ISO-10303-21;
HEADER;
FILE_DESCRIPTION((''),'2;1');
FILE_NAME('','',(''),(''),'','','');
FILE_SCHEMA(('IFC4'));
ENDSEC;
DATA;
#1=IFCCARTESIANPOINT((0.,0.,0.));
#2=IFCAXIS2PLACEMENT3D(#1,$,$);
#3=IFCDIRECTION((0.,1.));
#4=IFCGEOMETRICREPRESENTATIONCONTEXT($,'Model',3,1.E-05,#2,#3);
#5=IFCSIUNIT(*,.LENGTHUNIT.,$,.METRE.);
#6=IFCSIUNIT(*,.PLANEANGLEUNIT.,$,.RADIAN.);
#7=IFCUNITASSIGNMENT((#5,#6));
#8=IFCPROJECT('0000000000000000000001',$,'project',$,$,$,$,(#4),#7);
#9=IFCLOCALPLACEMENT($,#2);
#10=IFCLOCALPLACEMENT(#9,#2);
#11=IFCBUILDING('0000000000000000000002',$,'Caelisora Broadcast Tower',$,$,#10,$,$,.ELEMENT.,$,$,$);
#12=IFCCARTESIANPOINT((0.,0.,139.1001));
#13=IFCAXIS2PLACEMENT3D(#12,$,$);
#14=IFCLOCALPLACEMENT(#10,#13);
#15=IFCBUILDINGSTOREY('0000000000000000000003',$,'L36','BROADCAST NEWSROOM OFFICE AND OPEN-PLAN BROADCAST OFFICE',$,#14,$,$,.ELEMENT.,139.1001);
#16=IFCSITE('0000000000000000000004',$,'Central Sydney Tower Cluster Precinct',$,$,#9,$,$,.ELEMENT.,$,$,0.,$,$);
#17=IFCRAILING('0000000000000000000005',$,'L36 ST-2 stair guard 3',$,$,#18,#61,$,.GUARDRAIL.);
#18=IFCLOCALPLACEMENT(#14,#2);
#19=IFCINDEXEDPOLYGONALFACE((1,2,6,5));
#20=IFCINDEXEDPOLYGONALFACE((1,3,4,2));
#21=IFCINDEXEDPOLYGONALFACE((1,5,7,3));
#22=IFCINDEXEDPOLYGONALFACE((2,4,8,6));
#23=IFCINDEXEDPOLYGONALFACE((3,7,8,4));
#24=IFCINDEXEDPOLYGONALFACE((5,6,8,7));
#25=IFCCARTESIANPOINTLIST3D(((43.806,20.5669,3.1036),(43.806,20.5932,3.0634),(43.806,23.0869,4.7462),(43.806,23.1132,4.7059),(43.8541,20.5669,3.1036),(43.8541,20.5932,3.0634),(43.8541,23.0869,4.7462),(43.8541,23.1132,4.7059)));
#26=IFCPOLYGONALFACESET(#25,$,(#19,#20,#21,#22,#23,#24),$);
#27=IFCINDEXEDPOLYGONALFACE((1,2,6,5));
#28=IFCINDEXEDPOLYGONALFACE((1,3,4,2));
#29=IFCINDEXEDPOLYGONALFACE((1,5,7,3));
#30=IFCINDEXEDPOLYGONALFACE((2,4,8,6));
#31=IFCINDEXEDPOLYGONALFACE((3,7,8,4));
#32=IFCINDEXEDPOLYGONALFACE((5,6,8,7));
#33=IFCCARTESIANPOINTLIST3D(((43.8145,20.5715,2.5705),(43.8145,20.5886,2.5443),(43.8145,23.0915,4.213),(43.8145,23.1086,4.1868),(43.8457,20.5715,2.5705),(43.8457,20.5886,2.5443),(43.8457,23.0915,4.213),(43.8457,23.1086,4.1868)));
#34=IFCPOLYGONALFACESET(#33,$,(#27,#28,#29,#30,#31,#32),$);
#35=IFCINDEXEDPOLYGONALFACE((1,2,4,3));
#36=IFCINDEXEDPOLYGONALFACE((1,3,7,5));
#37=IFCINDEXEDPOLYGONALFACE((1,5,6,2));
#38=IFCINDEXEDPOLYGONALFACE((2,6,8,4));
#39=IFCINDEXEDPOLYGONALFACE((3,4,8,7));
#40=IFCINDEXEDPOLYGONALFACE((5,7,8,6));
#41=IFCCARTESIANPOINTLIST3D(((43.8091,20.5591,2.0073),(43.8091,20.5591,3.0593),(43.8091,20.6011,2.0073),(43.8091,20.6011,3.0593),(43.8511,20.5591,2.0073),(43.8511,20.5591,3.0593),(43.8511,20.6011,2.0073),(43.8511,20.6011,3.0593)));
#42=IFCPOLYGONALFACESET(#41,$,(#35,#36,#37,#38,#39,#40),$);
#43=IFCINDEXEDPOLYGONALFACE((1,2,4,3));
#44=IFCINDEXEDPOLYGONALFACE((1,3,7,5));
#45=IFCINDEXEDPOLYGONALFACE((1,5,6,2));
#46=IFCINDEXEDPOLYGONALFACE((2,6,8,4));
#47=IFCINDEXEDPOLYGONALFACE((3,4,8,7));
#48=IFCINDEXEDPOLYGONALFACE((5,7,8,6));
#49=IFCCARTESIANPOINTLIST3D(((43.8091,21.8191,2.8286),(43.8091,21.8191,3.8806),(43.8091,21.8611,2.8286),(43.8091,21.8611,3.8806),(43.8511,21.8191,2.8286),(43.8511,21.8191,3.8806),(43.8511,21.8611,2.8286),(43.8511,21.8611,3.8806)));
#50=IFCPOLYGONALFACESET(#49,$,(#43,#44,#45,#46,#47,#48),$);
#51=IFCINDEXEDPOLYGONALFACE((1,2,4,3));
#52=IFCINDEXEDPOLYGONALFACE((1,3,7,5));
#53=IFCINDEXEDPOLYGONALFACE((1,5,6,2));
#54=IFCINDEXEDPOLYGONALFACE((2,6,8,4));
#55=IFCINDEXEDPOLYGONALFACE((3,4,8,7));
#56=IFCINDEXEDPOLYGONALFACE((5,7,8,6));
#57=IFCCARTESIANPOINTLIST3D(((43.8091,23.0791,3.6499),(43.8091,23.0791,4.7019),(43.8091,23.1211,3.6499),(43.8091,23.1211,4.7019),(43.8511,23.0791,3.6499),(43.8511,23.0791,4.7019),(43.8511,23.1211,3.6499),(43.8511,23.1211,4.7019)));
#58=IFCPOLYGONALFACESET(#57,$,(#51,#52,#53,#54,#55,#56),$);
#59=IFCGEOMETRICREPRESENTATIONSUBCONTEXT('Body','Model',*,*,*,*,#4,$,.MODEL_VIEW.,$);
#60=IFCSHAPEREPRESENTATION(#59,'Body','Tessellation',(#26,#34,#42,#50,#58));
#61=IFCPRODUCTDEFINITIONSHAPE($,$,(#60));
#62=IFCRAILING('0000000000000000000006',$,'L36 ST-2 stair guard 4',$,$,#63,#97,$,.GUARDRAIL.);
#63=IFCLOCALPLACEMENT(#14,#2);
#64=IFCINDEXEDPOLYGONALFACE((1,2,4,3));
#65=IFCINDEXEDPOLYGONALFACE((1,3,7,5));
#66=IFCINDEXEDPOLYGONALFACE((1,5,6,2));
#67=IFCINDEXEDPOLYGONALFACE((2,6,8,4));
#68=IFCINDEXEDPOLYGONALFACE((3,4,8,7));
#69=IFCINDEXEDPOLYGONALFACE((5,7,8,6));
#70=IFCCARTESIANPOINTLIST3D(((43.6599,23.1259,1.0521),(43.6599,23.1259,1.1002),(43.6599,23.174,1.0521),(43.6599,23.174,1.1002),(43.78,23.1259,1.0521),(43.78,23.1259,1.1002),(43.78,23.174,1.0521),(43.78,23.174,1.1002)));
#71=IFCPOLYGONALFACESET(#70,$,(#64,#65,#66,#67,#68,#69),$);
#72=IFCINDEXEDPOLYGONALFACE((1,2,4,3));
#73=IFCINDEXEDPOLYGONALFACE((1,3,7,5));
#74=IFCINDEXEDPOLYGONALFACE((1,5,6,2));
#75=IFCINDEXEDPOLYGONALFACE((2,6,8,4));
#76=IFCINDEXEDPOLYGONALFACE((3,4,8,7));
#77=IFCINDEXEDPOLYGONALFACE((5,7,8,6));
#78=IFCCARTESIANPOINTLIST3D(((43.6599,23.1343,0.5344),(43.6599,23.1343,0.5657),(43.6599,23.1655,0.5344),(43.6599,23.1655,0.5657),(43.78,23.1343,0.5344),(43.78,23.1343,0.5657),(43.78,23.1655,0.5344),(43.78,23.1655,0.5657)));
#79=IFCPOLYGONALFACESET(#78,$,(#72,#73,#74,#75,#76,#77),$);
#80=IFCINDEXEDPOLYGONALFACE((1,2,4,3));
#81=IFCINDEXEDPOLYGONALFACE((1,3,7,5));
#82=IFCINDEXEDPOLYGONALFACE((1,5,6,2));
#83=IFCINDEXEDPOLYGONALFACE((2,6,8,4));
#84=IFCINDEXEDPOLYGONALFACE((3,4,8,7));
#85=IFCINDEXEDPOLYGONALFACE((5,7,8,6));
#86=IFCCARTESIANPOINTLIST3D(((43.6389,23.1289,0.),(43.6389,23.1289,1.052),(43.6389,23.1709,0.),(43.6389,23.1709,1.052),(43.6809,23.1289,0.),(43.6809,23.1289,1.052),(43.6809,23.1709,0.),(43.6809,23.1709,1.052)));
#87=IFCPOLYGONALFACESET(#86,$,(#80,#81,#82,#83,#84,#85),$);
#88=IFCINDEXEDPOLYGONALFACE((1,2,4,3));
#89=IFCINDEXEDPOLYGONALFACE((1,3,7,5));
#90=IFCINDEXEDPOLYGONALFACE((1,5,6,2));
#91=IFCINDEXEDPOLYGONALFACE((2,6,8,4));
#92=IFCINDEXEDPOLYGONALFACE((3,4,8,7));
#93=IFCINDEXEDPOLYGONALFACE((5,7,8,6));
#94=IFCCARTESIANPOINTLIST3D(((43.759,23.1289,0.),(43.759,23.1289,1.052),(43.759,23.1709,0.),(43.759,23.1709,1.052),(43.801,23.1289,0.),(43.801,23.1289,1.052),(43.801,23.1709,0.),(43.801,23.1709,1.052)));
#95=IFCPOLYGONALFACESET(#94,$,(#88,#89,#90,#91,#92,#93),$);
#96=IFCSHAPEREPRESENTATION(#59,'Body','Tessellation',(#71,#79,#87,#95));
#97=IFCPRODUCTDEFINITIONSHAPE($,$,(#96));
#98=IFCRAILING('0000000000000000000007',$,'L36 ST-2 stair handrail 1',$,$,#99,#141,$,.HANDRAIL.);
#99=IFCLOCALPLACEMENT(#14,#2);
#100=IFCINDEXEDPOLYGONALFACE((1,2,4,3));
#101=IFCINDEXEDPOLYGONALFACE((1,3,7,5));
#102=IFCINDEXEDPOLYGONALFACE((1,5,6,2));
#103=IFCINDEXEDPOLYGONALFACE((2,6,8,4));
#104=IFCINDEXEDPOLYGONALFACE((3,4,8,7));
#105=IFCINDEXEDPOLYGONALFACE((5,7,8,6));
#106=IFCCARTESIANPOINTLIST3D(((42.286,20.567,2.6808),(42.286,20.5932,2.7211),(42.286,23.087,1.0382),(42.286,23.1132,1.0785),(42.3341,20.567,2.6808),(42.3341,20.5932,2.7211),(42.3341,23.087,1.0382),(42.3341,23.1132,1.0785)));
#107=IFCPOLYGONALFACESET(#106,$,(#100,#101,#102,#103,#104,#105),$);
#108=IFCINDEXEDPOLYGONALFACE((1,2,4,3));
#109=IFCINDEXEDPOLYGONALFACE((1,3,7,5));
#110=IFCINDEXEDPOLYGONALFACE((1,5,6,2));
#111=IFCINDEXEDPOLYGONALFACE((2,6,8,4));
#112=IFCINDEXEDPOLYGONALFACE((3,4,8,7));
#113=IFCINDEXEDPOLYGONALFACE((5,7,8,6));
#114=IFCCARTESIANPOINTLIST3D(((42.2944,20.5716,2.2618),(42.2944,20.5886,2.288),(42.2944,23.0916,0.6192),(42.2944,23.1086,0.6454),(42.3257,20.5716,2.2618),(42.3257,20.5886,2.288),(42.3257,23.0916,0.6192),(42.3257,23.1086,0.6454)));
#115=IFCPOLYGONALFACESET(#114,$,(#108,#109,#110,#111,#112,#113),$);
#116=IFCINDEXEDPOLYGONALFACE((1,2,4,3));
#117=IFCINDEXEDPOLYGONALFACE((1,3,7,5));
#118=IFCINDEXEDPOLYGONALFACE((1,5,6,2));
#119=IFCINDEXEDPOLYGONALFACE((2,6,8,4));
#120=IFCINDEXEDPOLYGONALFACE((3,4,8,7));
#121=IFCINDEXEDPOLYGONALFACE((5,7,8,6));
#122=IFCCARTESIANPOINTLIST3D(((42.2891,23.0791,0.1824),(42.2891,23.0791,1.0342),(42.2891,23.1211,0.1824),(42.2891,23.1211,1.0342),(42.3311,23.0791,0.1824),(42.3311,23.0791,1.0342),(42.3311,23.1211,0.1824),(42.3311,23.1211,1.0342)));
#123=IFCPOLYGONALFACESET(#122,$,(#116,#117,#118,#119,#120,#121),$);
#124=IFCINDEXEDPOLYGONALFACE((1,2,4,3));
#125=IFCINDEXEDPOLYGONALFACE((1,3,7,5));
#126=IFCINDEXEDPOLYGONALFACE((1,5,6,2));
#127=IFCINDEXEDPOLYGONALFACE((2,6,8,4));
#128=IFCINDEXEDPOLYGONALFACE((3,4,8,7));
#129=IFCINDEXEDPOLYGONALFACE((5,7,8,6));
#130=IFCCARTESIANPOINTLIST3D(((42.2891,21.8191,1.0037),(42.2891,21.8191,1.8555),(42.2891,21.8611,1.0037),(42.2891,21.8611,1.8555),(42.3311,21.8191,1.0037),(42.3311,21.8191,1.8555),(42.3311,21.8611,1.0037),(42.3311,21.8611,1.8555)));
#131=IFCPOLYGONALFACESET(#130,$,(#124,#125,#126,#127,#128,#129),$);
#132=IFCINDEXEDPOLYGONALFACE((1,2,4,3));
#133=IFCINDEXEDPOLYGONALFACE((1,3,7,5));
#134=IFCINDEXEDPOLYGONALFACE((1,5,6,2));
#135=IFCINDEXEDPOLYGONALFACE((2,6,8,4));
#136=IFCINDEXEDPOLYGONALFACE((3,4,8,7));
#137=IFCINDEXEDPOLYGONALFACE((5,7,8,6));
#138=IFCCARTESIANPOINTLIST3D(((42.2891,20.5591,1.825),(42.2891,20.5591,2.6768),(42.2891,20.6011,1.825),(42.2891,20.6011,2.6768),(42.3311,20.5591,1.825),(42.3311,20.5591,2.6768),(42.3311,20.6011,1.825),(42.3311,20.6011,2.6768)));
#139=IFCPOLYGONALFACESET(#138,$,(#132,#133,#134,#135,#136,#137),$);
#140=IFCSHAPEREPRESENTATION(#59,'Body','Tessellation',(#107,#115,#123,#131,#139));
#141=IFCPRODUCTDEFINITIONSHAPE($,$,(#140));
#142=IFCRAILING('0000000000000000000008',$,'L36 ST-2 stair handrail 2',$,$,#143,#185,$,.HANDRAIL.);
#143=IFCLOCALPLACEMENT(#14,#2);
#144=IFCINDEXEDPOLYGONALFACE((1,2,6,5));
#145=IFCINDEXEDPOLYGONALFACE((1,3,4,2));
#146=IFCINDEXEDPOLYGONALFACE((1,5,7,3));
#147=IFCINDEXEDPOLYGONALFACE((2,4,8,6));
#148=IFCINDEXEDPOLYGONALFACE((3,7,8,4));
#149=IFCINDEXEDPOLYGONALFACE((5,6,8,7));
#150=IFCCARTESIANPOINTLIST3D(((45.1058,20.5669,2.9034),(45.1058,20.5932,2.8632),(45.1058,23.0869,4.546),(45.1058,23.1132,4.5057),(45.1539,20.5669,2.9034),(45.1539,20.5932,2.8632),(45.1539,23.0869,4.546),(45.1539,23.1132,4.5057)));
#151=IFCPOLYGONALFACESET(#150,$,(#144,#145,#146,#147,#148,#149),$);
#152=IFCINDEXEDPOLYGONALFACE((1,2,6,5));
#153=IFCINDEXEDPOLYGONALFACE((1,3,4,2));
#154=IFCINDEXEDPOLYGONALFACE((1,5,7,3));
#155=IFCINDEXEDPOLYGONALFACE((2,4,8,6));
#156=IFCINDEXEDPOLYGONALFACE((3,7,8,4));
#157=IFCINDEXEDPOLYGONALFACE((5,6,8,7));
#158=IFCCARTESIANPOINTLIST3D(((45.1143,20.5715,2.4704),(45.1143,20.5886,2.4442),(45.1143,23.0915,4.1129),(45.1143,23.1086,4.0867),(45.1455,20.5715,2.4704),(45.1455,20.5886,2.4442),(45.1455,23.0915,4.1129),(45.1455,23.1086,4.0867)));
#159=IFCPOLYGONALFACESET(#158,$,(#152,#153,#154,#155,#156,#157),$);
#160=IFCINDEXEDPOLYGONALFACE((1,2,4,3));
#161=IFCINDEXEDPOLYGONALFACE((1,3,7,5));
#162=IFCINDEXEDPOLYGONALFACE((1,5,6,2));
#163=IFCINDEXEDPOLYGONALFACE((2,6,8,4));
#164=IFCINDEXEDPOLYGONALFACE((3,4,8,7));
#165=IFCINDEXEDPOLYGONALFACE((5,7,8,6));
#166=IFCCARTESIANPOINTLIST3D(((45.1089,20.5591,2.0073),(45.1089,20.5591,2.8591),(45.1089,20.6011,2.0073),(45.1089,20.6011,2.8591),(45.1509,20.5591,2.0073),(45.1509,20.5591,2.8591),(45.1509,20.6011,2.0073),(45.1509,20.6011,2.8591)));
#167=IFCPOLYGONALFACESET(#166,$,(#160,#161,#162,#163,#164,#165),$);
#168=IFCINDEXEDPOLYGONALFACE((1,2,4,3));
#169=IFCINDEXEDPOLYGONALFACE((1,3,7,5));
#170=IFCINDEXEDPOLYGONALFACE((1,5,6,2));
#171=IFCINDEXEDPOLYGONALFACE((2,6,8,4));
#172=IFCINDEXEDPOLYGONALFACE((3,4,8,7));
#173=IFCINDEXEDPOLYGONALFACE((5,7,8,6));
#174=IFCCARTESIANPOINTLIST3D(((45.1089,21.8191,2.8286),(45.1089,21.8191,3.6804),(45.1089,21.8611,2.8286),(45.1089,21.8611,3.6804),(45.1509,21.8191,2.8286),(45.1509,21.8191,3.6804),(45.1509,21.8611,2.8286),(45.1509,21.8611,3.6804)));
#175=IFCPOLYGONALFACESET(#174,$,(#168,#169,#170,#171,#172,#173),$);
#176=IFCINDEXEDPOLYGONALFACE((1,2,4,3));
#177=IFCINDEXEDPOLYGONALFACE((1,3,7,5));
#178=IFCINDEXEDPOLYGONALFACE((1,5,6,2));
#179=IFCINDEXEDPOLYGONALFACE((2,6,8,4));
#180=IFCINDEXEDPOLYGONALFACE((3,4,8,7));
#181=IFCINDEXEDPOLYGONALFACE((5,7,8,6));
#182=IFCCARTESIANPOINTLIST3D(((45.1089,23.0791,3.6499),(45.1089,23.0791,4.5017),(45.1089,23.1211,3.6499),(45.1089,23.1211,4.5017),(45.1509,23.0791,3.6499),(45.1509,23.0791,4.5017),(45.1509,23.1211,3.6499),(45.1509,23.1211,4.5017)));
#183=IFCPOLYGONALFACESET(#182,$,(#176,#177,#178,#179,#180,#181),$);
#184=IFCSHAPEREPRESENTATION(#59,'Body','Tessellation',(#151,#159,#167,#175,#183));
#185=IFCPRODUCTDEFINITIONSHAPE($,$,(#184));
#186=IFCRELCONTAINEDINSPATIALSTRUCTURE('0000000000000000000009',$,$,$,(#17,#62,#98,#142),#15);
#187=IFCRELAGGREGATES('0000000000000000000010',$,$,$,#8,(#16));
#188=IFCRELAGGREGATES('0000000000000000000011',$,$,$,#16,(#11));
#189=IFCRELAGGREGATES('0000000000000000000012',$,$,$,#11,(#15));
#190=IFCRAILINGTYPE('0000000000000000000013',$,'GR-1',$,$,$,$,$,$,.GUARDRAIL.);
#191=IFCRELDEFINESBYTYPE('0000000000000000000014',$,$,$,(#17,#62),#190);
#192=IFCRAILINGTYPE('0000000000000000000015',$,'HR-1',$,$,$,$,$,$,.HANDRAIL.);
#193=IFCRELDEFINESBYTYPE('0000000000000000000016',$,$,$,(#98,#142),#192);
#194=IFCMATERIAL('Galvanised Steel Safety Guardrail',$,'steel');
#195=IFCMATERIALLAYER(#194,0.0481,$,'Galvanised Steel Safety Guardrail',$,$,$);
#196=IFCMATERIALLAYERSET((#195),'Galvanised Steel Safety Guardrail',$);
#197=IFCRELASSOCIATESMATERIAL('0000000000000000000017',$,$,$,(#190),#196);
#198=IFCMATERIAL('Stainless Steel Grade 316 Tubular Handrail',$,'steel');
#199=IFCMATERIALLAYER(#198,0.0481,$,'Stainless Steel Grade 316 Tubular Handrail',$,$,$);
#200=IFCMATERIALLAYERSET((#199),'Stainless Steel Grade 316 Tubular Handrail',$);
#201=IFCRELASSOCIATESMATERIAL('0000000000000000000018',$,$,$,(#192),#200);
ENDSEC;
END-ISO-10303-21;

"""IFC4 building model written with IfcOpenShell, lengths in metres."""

from ifc_helpers import new_model, si_unit, direction, frame, origin, origin_2d, place, context, subcontext, project, spatial, rectangle, extrude, material, layer, layer_set, type_object, element, save


model = new_model("IFC4")

# Units and contexts
model_context = context("Model", 3, precision=1e-05, world=origin(), true_north=direction((0.0, 1.0)))
body_context = subcontext(model_context, "Body", "Model", "MODEL_VIEW")
ifc_project = project(units=[si_unit("LENGTHUNIT", "METRE"), si_unit("PLANEANGLEUNIT", "RADIAN")], contexts=[model_context])

# Site, building, storey
site_placement = place(None, origin())
site = spatial("IfcSite", under=ifc_project, at=site_placement, Name="Central Sydney Tower Cluster Precinct", CompositionType="ELEMENT", RefElevation=0.0)
building_placement = place(site_placement, origin())
building = spatial("IfcBuilding", under=site, at=building_placement, Name="Caelisora Broadcast Tower", CompositionType="ELEMENT")
storey_placement = place(building_placement, frame((0.0, 0.0, 139.1001)))
storey = spatial("IfcBuildingStorey", under=building, at=storey_placement, Name="L36", Description="BROADCAST NEWSROOM OFFICE AND OPEN-PLAN BROADCAST OFFICE", CompositionType="ELEMENT", Elevation=139.1001)

# Railings
ifc_material_1 = material(Name="Galvanised Steel Safety Guardrail", Category="steel")
ifc_layer_1 = layer(ifc_material_1, 0.0481, Name="Galvanised Steel Safety Guardrail")
ifc_layer_set_1 = layer_set([ifc_layer_1], Name="Galvanised Steel Safety Guardrail")
railing_type_1 = type_object("IfcRailingType", Name="GR-1", PredefinedType="GUARDRAIL", material=ifc_layer_set_1)
railing_1_placement = place(storey_placement, frame((43.8301, 20.5801, 2.0073)))
element("IfcRailing", 1, at=railing_1_placement, inside=storey, type_object=railing_type_1, Name="L36 ST-2 stair guard 3", PredefinedType="GUARDRAIL", context=body_context, shape_type="SweptSolid", body=[
    extrude(rectangle(XDim=0.0481, YDim=0.0481, at=origin_2d()), frame((0.0, 0.0, 1.0762), z_axis=(0.0, 0.837749, 0.546055), x_axis=(-1.0, 0.0, 0.0)), (0.0, 0.0, 1.0), 3.0081),
    extrude(rectangle(XDim=0.0312, YDim=0.0312, at=origin_2d()), frame((0.0, 0.0, 0.55), z_axis=(0.0, 0.837749, 0.546055), x_axis=(-1.0, 0.0, 0.0)), (0.0, 0.0, 1.0), 3.0081),
    extrude(rectangle(XDim=0.042, YDim=0.042, at=origin_2d()), origin(), (0.0, 0.0, 1.0), 1.052),
    extrude(rectangle(XDim=0.042, YDim=0.042, at=origin_2d()), frame((0.0, 1.26, 0.8213)), (0.0, 0.0, 1.0), 1.052),
    extrude(rectangle(XDim=0.042, YDim=0.042, at=origin_2d()), frame((0.0, 2.52, 1.6426)), (0.0, 0.0, 1.0), 1.052),
])
railing_2_placement = place(storey_placement, frame((43.6599, 23.1499, 0.0)))
element("IfcRailing", 2, at=railing_2_placement, inside=storey, type_object=railing_type_1, Name="L36 ST-2 stair guard 4", PredefinedType="GUARDRAIL", context=body_context, shape_type="SweptSolid", body=[
    extrude(rectangle(XDim=0.0481, YDim=0.0481, at=origin_2d()), frame((0.0, 0.0, 1.0762), z_axis=(1.0, 0.0, 0.0), x_axis=(0.0, 1.0, 0.0)), (0.0, 0.0, 1.0), 0.1201),
    extrude(rectangle(XDim=0.0312, YDim=0.0312, at=origin_2d()), frame((0.0, 0.0, 0.55), z_axis=(1.0, 0.0, 0.0), x_axis=(0.0, 1.0, 0.0)), (0.0, 0.0, 1.0), 0.1201),
    extrude(rectangle(XDim=0.042, YDim=0.042, at=origin_2d()), origin(), (0.0, 0.0, 1.0), 1.052),
    extrude(rectangle(XDim=0.042, YDim=0.042, at=origin_2d()), frame((0.1201, 0.0, 0.0)), (0.0, 0.0, 1.0), 1.052),
])
ifc_material_2 = material(Name="Stainless Steel Grade 316 Tubular Handrail", Category="steel")
ifc_layer_2 = layer(ifc_material_2, 0.0481, Name="Stainless Steel Grade 316 Tubular Handrail")
ifc_layer_set_2 = layer_set([ifc_layer_2], Name="Stainless Steel Grade 316 Tubular Handrail")
railing_type_2 = type_object("IfcRailingType", Name="HR-1", PredefinedType="HANDRAIL", material=ifc_layer_set_2)
railing_3_placement = place(storey_placement, frame((42.3101, 23.1001, 0.1824)))
element("IfcRailing", 3, at=railing_3_placement, inside=storey, type_object=railing_type_2, Name="L36 ST-2 stair handrail 1", PredefinedType="HANDRAIL", context=body_context, shape_type="SweptSolid", body=[
    extrude(rectangle(XDim=0.0481, YDim=0.0481, at=origin_2d()), frame((0.0, 0.0, 0.876), z_axis=(0.0, -0.837749, 0.546055), x_axis=(1.0, 0.0, 0.0)), (0.0, 0.0, 1.0), 3.0081),
    extrude(rectangle(XDim=0.0312, YDim=0.0312, at=origin_2d()), frame((0.0, 0.0, 0.45), z_axis=(0.0, -0.837749, 0.546055), x_axis=(1.0, 0.0, 0.0)), (0.0, 0.0, 1.0), 3.0081),
    extrude(rectangle(XDim=0.042, YDim=0.042, at=origin_2d()), origin(), (0.0, 0.0, 1.0), 0.8518),
    extrude(rectangle(XDim=0.042, YDim=0.042, at=origin_2d()), frame((0.0, -1.26, 0.8213)), (0.0, 0.0, 1.0), 0.8518),
    extrude(rectangle(XDim=0.042, YDim=0.042, at=origin_2d()), frame((0.0, -2.52, 1.6426)), (0.0, 0.0, 1.0), 0.8518),
])
railing_4_placement = place(storey_placement, frame((45.1299, 20.5801, 2.0073)))
element("IfcRailing", 4, at=railing_4_placement, inside=storey, type_object=railing_type_2, Name="L36 ST-2 stair handrail 2", PredefinedType="HANDRAIL", context=body_context, shape_type="SweptSolid", body=[
    extrude(rectangle(XDim=0.0481, YDim=0.0481, at=origin_2d()), frame((0.0, 0.0, 0.876), z_axis=(0.0, 0.837749, 0.546055), x_axis=(-1.0, 0.0, 0.0)), (0.0, 0.0, 1.0), 3.0081),
    extrude(rectangle(XDim=0.0312, YDim=0.0312, at=origin_2d()), frame((0.0, 0.0, 0.45), z_axis=(0.0, 0.837749, 0.546055), x_axis=(-1.0, 0.0, 0.0)), (0.0, 0.0, 1.0), 3.0081),
    extrude(rectangle(XDim=0.042, YDim=0.042, at=origin_2d()), origin(), (0.0, 0.0, 1.0), 0.8518),
    extrude(rectangle(XDim=0.042, YDim=0.042, at=origin_2d()), frame((0.0, 1.26, 0.8213)), (0.0, 0.0, 1.0), 0.8518),
    extrude(rectangle(XDim=0.042, YDim=0.042, at=origin_2d()), frame((0.0, 2.52, 1.6426)), (0.0, 0.0, 1.0), 0.8518),
])

save(model, "model.ifc")
